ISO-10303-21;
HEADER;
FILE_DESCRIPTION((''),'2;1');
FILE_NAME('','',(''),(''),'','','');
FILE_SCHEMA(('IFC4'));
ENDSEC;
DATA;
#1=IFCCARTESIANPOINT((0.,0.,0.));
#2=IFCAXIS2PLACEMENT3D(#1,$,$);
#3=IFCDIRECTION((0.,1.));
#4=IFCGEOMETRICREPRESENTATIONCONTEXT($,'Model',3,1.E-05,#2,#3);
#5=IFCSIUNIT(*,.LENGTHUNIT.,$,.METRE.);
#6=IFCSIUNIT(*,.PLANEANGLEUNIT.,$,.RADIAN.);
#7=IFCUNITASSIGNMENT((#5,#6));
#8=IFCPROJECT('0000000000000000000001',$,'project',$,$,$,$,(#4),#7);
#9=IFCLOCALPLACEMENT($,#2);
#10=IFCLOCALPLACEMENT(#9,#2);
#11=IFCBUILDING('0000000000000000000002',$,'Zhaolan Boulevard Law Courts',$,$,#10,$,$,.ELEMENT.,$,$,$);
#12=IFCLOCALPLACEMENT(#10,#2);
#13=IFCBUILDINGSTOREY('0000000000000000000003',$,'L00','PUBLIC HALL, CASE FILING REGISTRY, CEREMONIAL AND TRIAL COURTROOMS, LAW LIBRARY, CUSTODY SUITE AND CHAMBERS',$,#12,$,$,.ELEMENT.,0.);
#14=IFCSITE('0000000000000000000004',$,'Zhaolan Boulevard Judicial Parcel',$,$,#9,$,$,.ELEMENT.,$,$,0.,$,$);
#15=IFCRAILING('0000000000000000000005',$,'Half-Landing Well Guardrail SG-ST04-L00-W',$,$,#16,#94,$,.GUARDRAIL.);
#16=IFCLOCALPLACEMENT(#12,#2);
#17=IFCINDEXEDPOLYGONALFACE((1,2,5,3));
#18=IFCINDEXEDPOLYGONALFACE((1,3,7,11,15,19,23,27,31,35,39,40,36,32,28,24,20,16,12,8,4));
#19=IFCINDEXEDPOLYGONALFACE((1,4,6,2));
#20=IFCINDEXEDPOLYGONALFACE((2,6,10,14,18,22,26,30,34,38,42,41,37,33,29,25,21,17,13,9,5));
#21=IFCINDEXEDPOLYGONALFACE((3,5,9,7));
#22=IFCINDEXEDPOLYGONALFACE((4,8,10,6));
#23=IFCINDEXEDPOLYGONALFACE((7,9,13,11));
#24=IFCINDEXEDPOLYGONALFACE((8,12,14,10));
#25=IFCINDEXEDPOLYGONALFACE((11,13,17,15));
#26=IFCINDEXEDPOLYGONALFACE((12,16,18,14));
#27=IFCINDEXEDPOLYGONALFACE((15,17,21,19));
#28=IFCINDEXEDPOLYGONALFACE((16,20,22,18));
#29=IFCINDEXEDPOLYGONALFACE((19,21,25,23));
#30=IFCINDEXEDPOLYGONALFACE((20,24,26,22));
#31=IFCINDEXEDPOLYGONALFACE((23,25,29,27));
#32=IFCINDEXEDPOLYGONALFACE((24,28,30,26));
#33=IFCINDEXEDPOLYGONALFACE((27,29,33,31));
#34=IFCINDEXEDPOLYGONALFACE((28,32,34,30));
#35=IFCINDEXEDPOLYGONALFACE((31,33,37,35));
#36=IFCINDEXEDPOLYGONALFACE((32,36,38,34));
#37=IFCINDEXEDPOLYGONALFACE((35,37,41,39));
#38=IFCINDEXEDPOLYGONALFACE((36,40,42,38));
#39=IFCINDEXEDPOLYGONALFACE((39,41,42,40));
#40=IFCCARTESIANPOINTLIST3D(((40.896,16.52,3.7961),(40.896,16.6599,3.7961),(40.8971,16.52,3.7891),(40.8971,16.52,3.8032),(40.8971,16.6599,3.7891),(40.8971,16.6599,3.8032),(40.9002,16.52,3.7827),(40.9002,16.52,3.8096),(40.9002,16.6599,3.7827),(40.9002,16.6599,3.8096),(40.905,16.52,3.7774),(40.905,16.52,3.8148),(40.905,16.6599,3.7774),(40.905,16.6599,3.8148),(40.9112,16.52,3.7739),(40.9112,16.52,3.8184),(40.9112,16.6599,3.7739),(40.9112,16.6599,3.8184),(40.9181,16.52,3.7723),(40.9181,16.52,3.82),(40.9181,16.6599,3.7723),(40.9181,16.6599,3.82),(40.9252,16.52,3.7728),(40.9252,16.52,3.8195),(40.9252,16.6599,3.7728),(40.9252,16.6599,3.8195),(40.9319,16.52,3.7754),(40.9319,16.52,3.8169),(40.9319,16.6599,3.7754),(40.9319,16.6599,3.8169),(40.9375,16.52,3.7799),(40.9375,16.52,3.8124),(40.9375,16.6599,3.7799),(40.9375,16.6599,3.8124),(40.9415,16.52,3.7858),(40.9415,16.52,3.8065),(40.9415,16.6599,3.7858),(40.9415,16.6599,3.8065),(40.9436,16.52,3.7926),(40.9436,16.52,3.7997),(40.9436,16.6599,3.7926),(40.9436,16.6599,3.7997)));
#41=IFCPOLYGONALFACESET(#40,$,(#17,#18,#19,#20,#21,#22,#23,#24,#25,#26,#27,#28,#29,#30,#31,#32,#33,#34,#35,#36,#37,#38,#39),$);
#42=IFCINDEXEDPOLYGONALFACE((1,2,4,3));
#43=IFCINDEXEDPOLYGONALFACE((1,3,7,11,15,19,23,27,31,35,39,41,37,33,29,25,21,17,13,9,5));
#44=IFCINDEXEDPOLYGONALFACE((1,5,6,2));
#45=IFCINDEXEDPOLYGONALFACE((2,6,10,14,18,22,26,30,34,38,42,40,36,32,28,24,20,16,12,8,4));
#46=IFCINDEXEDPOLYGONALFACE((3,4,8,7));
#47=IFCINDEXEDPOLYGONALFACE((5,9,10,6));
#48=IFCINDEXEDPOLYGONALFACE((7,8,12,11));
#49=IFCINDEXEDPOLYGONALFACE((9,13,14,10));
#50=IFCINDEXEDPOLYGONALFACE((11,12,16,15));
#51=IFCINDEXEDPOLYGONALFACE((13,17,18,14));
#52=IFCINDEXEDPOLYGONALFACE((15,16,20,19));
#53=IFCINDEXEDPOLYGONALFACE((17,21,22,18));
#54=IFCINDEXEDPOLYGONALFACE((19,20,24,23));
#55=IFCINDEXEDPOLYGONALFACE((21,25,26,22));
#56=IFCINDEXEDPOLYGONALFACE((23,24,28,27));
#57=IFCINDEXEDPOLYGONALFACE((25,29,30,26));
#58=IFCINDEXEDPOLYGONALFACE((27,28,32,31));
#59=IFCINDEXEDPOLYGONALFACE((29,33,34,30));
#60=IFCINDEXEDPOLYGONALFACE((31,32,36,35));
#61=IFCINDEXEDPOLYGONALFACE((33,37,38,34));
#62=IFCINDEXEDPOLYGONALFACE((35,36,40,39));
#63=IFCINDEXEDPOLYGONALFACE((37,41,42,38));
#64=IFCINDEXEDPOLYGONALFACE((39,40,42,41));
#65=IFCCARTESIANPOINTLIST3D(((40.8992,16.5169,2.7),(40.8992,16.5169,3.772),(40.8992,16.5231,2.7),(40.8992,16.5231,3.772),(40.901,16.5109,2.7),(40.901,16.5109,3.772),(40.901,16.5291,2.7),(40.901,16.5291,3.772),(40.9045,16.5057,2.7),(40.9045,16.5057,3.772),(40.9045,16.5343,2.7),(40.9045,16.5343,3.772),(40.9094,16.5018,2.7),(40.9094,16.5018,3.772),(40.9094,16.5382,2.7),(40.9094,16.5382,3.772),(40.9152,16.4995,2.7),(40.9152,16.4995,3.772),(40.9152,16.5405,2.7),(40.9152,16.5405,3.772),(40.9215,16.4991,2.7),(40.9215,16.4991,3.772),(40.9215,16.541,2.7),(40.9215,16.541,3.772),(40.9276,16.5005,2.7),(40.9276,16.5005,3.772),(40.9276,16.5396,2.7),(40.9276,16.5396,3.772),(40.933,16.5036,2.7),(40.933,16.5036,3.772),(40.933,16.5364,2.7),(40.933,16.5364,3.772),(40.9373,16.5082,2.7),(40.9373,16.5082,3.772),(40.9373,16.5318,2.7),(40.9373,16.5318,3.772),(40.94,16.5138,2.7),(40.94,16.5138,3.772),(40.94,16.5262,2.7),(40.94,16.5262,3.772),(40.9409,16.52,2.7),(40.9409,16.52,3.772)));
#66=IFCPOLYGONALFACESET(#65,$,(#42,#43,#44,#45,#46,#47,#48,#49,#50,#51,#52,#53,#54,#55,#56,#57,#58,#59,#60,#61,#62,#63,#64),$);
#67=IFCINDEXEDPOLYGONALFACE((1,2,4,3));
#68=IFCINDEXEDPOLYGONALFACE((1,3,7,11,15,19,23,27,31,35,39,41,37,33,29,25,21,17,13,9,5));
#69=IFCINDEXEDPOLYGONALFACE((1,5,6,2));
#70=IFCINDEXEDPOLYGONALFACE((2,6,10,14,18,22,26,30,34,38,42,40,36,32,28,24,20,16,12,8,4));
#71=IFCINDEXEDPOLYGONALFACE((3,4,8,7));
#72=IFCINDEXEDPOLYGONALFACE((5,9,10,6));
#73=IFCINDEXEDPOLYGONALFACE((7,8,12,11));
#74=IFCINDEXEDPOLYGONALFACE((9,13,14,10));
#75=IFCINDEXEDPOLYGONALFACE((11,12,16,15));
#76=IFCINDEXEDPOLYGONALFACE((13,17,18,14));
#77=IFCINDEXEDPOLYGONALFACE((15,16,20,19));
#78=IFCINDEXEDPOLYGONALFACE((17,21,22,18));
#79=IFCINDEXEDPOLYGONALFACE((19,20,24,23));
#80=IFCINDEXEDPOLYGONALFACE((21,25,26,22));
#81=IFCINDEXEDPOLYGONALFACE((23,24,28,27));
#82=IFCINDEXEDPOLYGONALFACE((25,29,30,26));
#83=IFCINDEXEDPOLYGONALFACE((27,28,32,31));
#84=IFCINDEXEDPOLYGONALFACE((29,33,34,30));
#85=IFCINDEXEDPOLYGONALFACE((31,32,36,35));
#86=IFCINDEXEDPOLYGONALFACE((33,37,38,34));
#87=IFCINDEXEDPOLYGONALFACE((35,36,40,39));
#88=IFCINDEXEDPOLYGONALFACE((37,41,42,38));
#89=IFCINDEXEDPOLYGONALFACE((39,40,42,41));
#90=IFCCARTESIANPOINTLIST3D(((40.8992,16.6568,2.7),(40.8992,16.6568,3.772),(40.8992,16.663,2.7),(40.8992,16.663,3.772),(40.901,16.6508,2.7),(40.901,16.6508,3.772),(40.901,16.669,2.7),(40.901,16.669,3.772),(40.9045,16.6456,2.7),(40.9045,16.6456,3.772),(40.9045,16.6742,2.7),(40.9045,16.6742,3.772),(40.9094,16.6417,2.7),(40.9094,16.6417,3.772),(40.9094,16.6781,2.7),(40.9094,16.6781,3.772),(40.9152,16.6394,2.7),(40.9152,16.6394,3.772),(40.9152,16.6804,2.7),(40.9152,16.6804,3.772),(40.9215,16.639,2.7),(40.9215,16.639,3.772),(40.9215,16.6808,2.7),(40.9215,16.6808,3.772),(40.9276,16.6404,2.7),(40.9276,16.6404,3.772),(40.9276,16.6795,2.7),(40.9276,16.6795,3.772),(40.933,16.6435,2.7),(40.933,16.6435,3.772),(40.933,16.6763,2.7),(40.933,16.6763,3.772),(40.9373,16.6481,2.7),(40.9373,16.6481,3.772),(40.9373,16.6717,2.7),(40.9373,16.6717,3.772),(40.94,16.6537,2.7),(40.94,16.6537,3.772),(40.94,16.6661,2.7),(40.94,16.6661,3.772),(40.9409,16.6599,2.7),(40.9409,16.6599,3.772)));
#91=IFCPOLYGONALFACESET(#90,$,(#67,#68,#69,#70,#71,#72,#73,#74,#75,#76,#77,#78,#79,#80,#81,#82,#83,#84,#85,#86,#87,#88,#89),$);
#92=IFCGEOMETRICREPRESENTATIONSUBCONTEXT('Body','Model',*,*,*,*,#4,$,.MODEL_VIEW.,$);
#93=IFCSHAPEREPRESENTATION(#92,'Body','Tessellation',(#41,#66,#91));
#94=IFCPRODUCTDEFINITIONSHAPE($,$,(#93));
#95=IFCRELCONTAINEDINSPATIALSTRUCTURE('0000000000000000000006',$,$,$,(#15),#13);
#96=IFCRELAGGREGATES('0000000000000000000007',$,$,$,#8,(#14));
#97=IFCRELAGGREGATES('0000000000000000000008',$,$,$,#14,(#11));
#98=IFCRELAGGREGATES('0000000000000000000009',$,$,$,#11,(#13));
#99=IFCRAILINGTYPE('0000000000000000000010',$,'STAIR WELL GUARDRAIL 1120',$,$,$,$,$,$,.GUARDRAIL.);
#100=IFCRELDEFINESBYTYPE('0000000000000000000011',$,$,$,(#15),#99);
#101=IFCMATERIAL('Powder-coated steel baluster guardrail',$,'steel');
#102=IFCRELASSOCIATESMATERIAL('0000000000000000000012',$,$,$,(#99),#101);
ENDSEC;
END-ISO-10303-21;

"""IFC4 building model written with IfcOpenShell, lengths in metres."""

from ifc_helpers import new_model, si_unit, direction, frame, origin, origin_2d, place, context, subcontext, project, spatial, circle, extrude, material, type_object, element, save


model = new_model("IFC4")

# Units and contexts
model_context = context("Model", 3, precision=1e-05, world=origin(), true_north=direction((0.0, 1.0)))
body_context = subcontext(model_context, "Body", "Model", "MODEL_VIEW")
ifc_project = project(units=[si_unit("LENGTHUNIT", "METRE"), si_unit("PLANEANGLEUNIT", "RADIAN")], contexts=[model_context])

# Site, building, storey
site_placement = place(None, origin())
site = spatial("IfcSite", under=ifc_project, at=site_placement, Name="Zhaolan Boulevard Judicial Parcel", CompositionType="ELEMENT", RefElevation=0.0)
building_placement = place(site_placement, origin())
building = spatial("IfcBuilding", under=site, at=building_placement, Name="Zhaolan Boulevard Law Courts", CompositionType="ELEMENT")
storey_placement = place(building_placement, origin())
storey = spatial("IfcBuildingStorey", under=building, at=storey_placement, Name="L00", Description="PUBLIC HALL, CASE FILING REGISTRY, CEREMONIAL AND TRIAL COURTROOMS, LAW LIBRARY, CUSTODY SUITE AND CHAMBERS", CompositionType="ELEMENT", Elevation=0.0)

# Railing
ifc_material_1 = material(Name="Powder-coated steel baluster guardrail", Category="steel")
railing_type_1 = type_object("IfcRailingType", Name="STAIR WELL GUARDRAIL 1120", PredefinedType="GUARDRAIL", material=ifc_material_1)
railing_1_placement = place(storey_placement, frame((40.9199, 16.52, 2.7)))
element("IfcRailing", 1, at=railing_1_placement, inside=storey, type_object=railing_type_1, Name="Half-Landing Well Guardrail SG-ST04-L00-W", PredefinedType="GUARDRAIL", context=body_context, shape_type="SweptSolid", body=[
    extrude(circle(Radius=0.0239, at=origin_2d()), frame((0.0, 0.0, 1.0962), z_axis=(0.0, 1.0, 0.0), x_axis=(-1.0, 0.0, 0.0)), (0.0, 0.0, 1.0), 0.1399),
    extrude(circle(Radius=0.021, at=origin_2d()), origin(), (0.0, 0.0, 1.0), 1.072),
    extrude(circle(Radius=0.021, at=origin_2d()), frame((0.0, 0.1399, 0.0)), (0.0, 0.0, 1.0), 1.072),
])

save(model, "model.ifc")
